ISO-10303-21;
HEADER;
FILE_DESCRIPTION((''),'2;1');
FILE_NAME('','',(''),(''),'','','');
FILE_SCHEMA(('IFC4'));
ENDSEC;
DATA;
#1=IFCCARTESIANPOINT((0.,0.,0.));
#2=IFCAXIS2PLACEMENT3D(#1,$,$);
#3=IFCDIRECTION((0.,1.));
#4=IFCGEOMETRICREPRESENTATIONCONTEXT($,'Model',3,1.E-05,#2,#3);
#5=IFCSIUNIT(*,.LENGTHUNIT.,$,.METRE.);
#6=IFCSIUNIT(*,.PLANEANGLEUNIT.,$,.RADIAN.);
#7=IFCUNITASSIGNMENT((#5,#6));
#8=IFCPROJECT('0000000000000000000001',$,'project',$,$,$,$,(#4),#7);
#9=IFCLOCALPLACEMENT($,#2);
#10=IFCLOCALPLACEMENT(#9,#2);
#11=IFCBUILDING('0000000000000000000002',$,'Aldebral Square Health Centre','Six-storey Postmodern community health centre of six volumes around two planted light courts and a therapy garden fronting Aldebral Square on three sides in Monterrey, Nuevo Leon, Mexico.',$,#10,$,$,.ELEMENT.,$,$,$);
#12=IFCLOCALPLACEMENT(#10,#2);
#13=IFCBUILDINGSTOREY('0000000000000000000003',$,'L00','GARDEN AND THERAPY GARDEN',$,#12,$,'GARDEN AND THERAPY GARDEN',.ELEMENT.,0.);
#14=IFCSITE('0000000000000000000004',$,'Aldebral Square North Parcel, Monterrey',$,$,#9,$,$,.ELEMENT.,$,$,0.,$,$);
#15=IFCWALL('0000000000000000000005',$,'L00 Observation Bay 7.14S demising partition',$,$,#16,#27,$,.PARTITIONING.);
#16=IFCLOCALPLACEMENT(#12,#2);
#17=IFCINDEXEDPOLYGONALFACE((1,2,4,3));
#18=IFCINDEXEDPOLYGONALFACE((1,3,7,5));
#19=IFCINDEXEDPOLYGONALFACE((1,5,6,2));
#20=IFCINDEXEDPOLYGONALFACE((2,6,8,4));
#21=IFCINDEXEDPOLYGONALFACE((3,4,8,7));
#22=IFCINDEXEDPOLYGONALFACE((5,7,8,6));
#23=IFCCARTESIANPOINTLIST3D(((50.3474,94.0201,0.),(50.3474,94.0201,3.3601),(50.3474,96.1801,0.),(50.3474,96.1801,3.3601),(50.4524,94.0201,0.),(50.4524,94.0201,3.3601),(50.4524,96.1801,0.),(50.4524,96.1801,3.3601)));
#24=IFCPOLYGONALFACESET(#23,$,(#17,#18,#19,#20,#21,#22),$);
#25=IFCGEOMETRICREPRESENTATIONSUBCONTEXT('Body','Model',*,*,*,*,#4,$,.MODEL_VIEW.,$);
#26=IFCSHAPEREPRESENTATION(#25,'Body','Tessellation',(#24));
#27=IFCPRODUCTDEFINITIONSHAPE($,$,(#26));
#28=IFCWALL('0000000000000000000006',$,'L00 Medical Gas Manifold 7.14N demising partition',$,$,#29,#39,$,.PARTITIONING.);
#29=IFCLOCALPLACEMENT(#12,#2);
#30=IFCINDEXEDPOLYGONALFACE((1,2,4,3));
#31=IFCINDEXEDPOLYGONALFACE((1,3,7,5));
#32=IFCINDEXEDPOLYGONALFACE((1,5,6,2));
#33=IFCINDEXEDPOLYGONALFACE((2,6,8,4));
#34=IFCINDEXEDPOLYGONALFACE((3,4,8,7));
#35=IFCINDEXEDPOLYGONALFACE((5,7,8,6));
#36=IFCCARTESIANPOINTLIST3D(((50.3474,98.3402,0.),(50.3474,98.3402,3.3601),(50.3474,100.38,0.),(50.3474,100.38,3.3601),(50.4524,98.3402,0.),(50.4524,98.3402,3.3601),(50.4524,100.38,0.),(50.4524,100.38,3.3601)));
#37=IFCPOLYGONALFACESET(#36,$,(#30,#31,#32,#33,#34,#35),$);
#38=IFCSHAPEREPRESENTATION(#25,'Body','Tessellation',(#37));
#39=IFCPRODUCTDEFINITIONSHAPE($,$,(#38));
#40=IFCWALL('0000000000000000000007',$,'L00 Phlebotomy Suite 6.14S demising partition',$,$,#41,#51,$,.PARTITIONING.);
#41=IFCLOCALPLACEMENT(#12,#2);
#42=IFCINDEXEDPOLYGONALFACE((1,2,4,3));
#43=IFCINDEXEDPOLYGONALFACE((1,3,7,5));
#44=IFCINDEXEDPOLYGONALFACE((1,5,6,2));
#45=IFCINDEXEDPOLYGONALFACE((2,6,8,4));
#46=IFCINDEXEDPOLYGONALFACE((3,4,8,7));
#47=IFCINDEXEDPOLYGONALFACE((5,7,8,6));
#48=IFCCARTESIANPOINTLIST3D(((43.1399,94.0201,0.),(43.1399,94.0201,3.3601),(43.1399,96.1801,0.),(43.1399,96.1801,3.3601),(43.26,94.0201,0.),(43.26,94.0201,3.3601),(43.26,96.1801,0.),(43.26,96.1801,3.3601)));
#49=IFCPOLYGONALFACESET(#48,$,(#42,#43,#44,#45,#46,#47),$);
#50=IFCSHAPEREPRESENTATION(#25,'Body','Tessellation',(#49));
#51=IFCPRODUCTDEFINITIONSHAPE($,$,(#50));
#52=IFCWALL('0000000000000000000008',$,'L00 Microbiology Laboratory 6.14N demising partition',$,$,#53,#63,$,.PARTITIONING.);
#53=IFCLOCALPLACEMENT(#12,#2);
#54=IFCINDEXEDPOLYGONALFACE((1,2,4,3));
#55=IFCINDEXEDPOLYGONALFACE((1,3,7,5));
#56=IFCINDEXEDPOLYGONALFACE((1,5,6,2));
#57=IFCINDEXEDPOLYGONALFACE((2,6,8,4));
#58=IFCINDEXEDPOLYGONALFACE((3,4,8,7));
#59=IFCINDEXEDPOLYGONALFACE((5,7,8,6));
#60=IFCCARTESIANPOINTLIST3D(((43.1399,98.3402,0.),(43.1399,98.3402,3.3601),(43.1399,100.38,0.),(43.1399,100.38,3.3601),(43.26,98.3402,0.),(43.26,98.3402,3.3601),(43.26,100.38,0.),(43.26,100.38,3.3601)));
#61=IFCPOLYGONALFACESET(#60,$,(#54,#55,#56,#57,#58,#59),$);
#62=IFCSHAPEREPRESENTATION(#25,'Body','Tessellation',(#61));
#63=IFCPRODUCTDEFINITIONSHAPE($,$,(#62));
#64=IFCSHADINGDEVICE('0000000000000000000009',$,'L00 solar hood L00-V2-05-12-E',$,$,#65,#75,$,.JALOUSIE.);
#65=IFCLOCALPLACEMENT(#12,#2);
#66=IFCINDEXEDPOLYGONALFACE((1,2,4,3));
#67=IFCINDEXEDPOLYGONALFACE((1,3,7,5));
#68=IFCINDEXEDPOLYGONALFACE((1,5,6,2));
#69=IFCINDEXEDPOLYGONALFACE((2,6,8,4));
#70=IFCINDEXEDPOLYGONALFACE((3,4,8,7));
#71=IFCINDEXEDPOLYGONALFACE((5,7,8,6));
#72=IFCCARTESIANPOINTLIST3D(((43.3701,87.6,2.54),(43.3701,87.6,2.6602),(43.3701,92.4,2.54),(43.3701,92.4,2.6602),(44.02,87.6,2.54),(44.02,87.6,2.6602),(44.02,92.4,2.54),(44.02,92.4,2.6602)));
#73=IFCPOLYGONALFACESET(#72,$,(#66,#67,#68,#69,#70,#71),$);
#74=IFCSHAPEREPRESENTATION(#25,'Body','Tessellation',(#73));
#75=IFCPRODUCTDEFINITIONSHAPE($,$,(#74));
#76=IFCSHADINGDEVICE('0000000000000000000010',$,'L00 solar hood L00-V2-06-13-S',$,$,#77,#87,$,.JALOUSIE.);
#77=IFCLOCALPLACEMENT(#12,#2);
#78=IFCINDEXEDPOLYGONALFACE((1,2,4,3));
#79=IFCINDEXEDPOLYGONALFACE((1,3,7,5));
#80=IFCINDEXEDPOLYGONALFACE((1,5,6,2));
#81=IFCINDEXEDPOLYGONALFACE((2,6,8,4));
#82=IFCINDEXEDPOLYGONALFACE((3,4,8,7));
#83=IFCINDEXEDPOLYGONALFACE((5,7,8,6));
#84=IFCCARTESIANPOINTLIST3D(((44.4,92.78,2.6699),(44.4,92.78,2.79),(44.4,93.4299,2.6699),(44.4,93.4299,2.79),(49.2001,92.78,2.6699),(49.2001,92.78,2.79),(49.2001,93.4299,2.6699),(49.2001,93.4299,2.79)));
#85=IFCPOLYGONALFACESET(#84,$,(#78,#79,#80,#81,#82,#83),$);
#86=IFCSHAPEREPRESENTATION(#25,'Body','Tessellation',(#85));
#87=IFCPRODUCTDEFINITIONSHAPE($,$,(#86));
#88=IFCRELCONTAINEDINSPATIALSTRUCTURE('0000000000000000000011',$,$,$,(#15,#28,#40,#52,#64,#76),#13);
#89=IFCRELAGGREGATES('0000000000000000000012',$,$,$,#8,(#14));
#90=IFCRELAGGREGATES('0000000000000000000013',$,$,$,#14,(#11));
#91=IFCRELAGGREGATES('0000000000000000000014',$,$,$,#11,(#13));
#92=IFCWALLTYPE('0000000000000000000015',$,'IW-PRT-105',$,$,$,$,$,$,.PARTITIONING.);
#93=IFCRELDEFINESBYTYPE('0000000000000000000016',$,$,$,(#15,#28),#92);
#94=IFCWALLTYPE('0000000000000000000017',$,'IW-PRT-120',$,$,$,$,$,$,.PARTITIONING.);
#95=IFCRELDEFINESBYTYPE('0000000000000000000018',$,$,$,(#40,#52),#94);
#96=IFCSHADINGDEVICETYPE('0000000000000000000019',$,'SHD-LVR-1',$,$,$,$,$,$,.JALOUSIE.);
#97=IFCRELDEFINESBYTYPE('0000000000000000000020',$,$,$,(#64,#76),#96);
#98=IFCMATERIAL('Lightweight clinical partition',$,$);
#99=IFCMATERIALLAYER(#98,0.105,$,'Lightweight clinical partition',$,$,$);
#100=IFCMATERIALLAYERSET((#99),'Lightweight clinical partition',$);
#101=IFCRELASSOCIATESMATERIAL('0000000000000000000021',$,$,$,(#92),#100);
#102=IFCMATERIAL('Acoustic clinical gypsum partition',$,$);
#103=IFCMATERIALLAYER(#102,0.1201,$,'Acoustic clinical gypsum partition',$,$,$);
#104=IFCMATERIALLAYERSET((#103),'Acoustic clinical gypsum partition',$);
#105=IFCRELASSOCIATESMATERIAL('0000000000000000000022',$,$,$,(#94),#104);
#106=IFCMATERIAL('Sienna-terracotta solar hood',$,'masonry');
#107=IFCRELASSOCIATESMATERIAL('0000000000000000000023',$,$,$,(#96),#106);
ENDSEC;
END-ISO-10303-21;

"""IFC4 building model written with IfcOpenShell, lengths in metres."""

from ifc_helpers import new_model, si_unit, direction, frame, frame_2d, origin, origin_2d, place, context, subcontext, project, spatial, rectangle, extrude, material, layer, layer_set, type_object, element, save


model = new_model("IFC4")

# Units and contexts
model_context = context("Model", 3, precision=1e-05, world=origin(), true_north=direction((0.0, 1.0)))
body_context = subcontext(model_context, "Body", "Model", "MODEL_VIEW")
ifc_project = project(units=[si_unit("LENGTHUNIT", "METRE"), si_unit("PLANEANGLEUNIT", "RADIAN")], contexts=[model_context])

# Site, building, storey
site_placement = place(None, origin())
site = spatial("IfcSite", under=ifc_project, at=site_placement, Name="Aldebral Square North Parcel, Monterrey", CompositionType="ELEMENT", RefElevation=0.0)
building_placement = place(site_placement, origin())
building = spatial("IfcBuilding", under=site, at=building_placement, Name="Aldebral Square Health Centre", Description="Six-storey Postmodern community health centre of six volumes around two planted light courts and a therapy garden fronting Aldebral Square on three sides in Monterrey, Nuevo Leon, Mexico.", CompositionType="ELEMENT")
storey_placement = place(building_placement, origin())
storey = spatial("IfcBuildingStorey", under=building, at=storey_placement, Name="L00", Description="GARDEN AND THERAPY GARDEN", LongName="GARDEN AND THERAPY GARDEN", CompositionType="ELEMENT", Elevation=0.0)

# Walls
ifc_material_1 = material(Name="Lightweight clinical partition")
ifc_layer_1 = layer(ifc_material_1, 0.105, Name="Lightweight clinical partition")
ifc_layer_set_1 = layer_set([ifc_layer_1], Name="Lightweight clinical partition")
wall_type_1 = type_object("IfcWallType", Name="IW-PRT-105", PredefinedType="PARTITIONING", material=ifc_layer_set_1)
wall_1_placement = place(storey_placement, frame((50.3999, 94.02, 0.0), z_axis=(0.0, 0.0, 1.0), x_axis=(0.0, 1.0, 0.0)))
element("IfcWall", 1, at=wall_1_placement, inside=storey, type_object=wall_type_1, Name="L00 Observation Bay 7.14S demising partition", PredefinedType="PARTITIONING", context=body_context, shape_type="SweptSolid", body=[
    extrude(rectangle(XDim=2.1599, YDim=0.105, at=frame_2d((1.0801, 0.0))), origin(), (0.0, 0.0, 1.0), 3.3601),
])
wall_2_placement = place(storey_placement, frame((50.3999, 98.3401, 0.0), z_axis=(0.0, 0.0, 1.0), x_axis=(0.0, 1.0, 0.0)))
element("IfcWall", 2, at=wall_2_placement, inside=storey, type_object=wall_type_1, Name="L00 Medical Gas Manifold 7.14N demising partition", PredefinedType="PARTITIONING", context=body_context, shape_type="SweptSolid", body=[
    extrude(rectangle(XDim=2.0398, YDim=0.105, at=frame_2d((1.02, 0.0))), origin(), (0.0, 0.0, 1.0), 3.3601),
])
ifc_material_2 = material(Name="Acoustic clinical gypsum partition")
ifc_layer_2 = layer(ifc_material_2, 0.1201, Name="Acoustic clinical gypsum partition")
ifc_layer_set_2 = layer_set([ifc_layer_2], Name="Acoustic clinical gypsum partition")
wall_type_2 = type_object("IfcWallType", Name="IW-PRT-120", PredefinedType="PARTITIONING", material=ifc_layer_set_2)
wall_3_placement = place(storey_placement, frame((43.2, 94.02, 0.0), z_axis=(0.0, 0.0, 1.0), x_axis=(0.0, 1.0, 0.0)))
element("IfcWall", 3, at=wall_3_placement, inside=storey, type_object=wall_type_2, Name="L00 Phlebotomy Suite 6.14S demising partition", PredefinedType="PARTITIONING", context=body_context, shape_type="SweptSolid", body=[
    extrude(rectangle(XDim=2.1599, YDim=0.1201, at=frame_2d((1.0801, 0.0))), origin(), (0.0, 0.0, 1.0), 3.3601),
])
wall_4_placement = place(storey_placement, frame((43.2, 98.3401, 0.0), z_axis=(0.0, 0.0, 1.0), x_axis=(0.0, 1.0, 0.0)))
element("IfcWall", 4, at=wall_4_placement, inside=storey, type_object=wall_type_2, Name="L00 Microbiology Laboratory 6.14N demising partition", PredefinedType="PARTITIONING", context=body_context, shape_type="SweptSolid", body=[
    extrude(rectangle(XDim=2.0398, YDim=0.1201, at=frame_2d((1.02, 0.0))), origin(), (0.0, 0.0, 1.0), 3.3601),
])

# Shading devices
ifc_material_3 = material(Name="Sienna-terracotta solar hood", Category="masonry")
shading_device_type = type_object("IfcShadingDeviceType", Name="SHD-LVR-1", PredefinedType="JALOUSIE", material=ifc_material_3)
for number, where, z_axis, x_axis, name in (
    (5, (43.6951, 90.0, 2.54), (0.0, 0.0, 1.0), (0.0, 1.0, 0.0), "L00 solar hood L00-V2-05-12-E"),
    (6, (46.8, 93.105, 2.6699), (0.0, 0.0, 1.0), (1.0, 0.0, 0.0), "L00 solar hood L00-V2-06-13-S"),
):
    element("IfcShadingDevice", number, at=place(storey_placement, frame(where, z_axis=z_axis, x_axis=x_axis)), inside=storey, type_object=shading_device_type, Name=name, PredefinedType="JALOUSIE", context=body_context, shape_type="SweptSolid", body=[
        extrude(rectangle(XDim=4.8, YDim=0.6499, at=origin_2d()), origin(), (0.0, 0.0, 1.0), 0.1201),
    ])

save(model, "model.ifc")
